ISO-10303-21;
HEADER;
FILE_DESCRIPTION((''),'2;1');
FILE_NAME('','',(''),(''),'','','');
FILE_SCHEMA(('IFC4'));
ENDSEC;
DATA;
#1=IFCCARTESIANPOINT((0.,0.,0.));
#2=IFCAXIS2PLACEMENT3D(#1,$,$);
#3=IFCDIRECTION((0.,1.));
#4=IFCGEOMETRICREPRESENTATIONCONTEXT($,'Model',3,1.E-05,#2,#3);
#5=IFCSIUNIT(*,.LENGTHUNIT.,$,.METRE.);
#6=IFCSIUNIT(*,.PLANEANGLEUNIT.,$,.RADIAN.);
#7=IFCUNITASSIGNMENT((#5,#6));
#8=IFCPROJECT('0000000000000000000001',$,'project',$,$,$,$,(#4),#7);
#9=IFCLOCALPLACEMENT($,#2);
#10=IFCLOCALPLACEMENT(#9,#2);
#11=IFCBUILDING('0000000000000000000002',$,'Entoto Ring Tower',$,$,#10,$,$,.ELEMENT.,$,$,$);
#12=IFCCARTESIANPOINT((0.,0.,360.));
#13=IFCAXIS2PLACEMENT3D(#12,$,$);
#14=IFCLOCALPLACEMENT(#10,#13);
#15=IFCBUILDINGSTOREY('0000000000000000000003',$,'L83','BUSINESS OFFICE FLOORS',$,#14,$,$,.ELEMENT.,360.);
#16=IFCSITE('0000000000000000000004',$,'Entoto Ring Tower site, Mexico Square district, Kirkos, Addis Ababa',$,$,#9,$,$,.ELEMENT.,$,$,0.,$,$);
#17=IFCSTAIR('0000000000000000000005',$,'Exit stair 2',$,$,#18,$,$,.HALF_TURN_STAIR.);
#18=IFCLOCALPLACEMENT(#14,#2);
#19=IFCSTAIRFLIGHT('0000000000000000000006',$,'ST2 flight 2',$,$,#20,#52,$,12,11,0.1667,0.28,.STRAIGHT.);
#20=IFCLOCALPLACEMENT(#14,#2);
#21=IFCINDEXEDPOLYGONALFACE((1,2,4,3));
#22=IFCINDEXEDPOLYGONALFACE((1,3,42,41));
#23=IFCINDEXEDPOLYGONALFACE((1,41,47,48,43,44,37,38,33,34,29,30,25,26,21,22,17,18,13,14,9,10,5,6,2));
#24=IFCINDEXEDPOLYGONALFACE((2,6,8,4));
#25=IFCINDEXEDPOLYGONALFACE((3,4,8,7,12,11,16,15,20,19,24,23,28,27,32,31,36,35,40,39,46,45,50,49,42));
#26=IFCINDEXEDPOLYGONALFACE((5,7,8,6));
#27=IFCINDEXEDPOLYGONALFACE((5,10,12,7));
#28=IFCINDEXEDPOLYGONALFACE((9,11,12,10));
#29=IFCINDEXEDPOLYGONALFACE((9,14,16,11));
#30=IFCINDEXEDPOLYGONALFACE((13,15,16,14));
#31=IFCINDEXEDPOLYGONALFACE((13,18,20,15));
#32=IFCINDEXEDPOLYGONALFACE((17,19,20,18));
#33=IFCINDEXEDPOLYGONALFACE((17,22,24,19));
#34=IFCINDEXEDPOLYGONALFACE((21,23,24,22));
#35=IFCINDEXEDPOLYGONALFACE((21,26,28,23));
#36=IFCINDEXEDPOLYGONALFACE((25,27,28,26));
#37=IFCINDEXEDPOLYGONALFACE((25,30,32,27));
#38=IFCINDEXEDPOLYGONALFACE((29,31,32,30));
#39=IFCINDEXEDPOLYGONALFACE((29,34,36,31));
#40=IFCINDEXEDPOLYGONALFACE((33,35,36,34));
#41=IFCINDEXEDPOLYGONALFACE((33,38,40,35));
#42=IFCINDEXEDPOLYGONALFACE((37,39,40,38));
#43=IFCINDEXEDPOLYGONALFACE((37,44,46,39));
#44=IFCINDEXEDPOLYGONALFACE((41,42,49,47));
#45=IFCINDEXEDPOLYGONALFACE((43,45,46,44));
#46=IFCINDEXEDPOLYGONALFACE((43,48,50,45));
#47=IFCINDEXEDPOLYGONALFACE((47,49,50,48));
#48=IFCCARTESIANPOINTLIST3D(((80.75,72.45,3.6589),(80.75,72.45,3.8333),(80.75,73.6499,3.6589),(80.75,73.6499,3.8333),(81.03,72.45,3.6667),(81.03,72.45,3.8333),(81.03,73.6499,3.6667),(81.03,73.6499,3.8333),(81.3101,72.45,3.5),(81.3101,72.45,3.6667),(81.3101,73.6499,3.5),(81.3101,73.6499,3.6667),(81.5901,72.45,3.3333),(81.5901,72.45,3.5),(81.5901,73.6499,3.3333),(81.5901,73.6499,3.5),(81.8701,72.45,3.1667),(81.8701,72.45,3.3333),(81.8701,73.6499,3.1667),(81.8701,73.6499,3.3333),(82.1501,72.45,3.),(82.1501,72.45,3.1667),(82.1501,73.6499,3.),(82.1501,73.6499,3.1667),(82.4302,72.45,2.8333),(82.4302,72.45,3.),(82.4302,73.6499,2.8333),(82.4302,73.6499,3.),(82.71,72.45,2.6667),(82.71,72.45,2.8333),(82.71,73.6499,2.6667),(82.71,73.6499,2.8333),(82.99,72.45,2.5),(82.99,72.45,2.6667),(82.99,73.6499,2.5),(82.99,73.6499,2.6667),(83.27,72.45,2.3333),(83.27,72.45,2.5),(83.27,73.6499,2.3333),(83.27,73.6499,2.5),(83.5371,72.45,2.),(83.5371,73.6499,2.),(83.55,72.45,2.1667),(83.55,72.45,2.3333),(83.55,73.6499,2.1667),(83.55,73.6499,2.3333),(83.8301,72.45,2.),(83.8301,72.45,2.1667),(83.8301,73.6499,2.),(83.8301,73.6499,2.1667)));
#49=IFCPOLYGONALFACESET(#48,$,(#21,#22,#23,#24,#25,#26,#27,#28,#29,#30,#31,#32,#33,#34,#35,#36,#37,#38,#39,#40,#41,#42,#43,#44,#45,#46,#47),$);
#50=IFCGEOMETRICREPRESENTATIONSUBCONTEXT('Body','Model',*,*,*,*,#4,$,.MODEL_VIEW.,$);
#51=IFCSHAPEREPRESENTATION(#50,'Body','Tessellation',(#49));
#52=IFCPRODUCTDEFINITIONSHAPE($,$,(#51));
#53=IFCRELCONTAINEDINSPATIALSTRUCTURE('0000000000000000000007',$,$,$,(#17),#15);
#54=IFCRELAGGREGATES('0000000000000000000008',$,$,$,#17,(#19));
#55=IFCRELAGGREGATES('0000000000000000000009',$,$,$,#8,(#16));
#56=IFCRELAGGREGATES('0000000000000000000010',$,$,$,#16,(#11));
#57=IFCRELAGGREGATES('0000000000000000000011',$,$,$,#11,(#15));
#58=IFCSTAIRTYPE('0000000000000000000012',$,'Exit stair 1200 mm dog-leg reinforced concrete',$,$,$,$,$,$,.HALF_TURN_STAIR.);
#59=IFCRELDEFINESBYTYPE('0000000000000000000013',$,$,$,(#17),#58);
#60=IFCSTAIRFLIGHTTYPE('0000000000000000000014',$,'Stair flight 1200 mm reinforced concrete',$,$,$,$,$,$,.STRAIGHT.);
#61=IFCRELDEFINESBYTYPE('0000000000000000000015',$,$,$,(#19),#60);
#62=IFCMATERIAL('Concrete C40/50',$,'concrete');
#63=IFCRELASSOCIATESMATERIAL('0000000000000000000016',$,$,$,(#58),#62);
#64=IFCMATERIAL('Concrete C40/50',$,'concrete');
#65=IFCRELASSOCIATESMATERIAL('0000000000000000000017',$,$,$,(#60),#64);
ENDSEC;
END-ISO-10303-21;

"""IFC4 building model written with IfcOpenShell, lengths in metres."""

from ifc_helpers import new_model, si_unit, direction, frame, origin, place, context, subcontext, project, spatial, polyline, outline, extrude, material, type_object, element, aggregate, save


model = new_model("IFC4")

# Units and contexts
model_context = context("Model", 3, precision=1e-05, world=origin(), true_north=direction((0.0, 1.0)))
body_context = subcontext(model_context, "Body", "Model", "MODEL_VIEW")
ifc_project = project(units=[si_unit("LENGTHUNIT", "METRE"), si_unit("PLANEANGLEUNIT", "RADIAN")], contexts=[model_context])

# Site, building, storey
site_placement = place(None, origin())
site = spatial("IfcSite", under=ifc_project, at=site_placement, Name="Entoto Ring Tower site, Mexico Square district, Kirkos, Addis Ababa", CompositionType="ELEMENT", RefElevation=0.0)
building_placement = place(site_placement, origin())
building = spatial("IfcBuilding", under=site, at=building_placement, Name="Entoto Ring Tower", CompositionType="ELEMENT")
storey_placement = place(building_placement, frame((0.0, 0.0, 360.0)))
storey = spatial("IfcBuildingStorey", under=building, at=storey_placement, Name="L83", Description="BUSINESS OFFICE FLOORS", CompositionType="ELEMENT", Elevation=360.0)

# Stair, stair flight
ifc_material_1 = material(Name="Concrete C40/50", Category="concrete")
stair_type = type_object("IfcStairType", Name="Exit stair 1200 mm dog-leg reinforced concrete", PredefinedType="HALF_TURN_STAIR", material=ifc_material_1)
stair_placement = place(storey_placement, origin())
stair = element("IfcStair", 1, at=stair_placement, inside=storey, type_object=stair_type, Name="Exit stair 2", PredefinedType="HALF_TURN_STAIR")
ifc_material_2 = material(Name="Concrete C40/50", Category="concrete")
stair_flight_type = type_object("IfcStairFlightType", Name="Stair flight 1200 mm reinforced concrete", PredefinedType="STRAIGHT", material=ifc_material_2)
stair_flight_1_placement = place(storey_placement, frame((83.8301, 73.05, 2.0), z_axis=(0.0, 0.0, 1.0), x_axis=(-1.0, 0.0, 0.0)))
stair_flight_1 = element("IfcStairFlight", 2, at=stair_flight_1_placement, type_object=stair_flight_type, Name="ST2 flight 2", NumberOfRisers=12, NumberOfTreads=11, PredefinedType="STRAIGHT", RiserHeight=0.1667, TreadLength=0.28, context=body_context, shape_type="SweptSolid", body=[
    extrude(outline(polyline([(0.0, 0.0), (0.0, 0.1667), (0.28, 0.1667), (0.28, 0.3333), (0.5601, 0.3333), (0.5601, 0.5), (0.8401, 0.5), (0.8401, 0.6667), (1.1201, 0.6667), (1.1201, 0.8333), (1.3999, 0.8333), (1.3999, 1.0), (1.6799, 1.0), (1.6799, 1.1667), (1.96, 1.1667), (1.96, 1.3333), (2.24, 1.3333), (2.24, 1.5), (2.52, 1.5), (2.52, 1.6667), (2.8, 1.6667), (2.8, 1.8333), (3.0801, 1.8333), (3.0801, 2.0), (3.0801, 1.6589), (0.293, 0.0), (0.0, 0.0)])), frame((0.0, 0.6001, 0.0), z_axis=(0.0, -1.0, 0.0), x_axis=(1.0, 0.0, 0.0)), (0.0, 0.0, 1.0), 1.2),
])
aggregate(stair, [stair_flight_1])

save(model, "model.ifc")
